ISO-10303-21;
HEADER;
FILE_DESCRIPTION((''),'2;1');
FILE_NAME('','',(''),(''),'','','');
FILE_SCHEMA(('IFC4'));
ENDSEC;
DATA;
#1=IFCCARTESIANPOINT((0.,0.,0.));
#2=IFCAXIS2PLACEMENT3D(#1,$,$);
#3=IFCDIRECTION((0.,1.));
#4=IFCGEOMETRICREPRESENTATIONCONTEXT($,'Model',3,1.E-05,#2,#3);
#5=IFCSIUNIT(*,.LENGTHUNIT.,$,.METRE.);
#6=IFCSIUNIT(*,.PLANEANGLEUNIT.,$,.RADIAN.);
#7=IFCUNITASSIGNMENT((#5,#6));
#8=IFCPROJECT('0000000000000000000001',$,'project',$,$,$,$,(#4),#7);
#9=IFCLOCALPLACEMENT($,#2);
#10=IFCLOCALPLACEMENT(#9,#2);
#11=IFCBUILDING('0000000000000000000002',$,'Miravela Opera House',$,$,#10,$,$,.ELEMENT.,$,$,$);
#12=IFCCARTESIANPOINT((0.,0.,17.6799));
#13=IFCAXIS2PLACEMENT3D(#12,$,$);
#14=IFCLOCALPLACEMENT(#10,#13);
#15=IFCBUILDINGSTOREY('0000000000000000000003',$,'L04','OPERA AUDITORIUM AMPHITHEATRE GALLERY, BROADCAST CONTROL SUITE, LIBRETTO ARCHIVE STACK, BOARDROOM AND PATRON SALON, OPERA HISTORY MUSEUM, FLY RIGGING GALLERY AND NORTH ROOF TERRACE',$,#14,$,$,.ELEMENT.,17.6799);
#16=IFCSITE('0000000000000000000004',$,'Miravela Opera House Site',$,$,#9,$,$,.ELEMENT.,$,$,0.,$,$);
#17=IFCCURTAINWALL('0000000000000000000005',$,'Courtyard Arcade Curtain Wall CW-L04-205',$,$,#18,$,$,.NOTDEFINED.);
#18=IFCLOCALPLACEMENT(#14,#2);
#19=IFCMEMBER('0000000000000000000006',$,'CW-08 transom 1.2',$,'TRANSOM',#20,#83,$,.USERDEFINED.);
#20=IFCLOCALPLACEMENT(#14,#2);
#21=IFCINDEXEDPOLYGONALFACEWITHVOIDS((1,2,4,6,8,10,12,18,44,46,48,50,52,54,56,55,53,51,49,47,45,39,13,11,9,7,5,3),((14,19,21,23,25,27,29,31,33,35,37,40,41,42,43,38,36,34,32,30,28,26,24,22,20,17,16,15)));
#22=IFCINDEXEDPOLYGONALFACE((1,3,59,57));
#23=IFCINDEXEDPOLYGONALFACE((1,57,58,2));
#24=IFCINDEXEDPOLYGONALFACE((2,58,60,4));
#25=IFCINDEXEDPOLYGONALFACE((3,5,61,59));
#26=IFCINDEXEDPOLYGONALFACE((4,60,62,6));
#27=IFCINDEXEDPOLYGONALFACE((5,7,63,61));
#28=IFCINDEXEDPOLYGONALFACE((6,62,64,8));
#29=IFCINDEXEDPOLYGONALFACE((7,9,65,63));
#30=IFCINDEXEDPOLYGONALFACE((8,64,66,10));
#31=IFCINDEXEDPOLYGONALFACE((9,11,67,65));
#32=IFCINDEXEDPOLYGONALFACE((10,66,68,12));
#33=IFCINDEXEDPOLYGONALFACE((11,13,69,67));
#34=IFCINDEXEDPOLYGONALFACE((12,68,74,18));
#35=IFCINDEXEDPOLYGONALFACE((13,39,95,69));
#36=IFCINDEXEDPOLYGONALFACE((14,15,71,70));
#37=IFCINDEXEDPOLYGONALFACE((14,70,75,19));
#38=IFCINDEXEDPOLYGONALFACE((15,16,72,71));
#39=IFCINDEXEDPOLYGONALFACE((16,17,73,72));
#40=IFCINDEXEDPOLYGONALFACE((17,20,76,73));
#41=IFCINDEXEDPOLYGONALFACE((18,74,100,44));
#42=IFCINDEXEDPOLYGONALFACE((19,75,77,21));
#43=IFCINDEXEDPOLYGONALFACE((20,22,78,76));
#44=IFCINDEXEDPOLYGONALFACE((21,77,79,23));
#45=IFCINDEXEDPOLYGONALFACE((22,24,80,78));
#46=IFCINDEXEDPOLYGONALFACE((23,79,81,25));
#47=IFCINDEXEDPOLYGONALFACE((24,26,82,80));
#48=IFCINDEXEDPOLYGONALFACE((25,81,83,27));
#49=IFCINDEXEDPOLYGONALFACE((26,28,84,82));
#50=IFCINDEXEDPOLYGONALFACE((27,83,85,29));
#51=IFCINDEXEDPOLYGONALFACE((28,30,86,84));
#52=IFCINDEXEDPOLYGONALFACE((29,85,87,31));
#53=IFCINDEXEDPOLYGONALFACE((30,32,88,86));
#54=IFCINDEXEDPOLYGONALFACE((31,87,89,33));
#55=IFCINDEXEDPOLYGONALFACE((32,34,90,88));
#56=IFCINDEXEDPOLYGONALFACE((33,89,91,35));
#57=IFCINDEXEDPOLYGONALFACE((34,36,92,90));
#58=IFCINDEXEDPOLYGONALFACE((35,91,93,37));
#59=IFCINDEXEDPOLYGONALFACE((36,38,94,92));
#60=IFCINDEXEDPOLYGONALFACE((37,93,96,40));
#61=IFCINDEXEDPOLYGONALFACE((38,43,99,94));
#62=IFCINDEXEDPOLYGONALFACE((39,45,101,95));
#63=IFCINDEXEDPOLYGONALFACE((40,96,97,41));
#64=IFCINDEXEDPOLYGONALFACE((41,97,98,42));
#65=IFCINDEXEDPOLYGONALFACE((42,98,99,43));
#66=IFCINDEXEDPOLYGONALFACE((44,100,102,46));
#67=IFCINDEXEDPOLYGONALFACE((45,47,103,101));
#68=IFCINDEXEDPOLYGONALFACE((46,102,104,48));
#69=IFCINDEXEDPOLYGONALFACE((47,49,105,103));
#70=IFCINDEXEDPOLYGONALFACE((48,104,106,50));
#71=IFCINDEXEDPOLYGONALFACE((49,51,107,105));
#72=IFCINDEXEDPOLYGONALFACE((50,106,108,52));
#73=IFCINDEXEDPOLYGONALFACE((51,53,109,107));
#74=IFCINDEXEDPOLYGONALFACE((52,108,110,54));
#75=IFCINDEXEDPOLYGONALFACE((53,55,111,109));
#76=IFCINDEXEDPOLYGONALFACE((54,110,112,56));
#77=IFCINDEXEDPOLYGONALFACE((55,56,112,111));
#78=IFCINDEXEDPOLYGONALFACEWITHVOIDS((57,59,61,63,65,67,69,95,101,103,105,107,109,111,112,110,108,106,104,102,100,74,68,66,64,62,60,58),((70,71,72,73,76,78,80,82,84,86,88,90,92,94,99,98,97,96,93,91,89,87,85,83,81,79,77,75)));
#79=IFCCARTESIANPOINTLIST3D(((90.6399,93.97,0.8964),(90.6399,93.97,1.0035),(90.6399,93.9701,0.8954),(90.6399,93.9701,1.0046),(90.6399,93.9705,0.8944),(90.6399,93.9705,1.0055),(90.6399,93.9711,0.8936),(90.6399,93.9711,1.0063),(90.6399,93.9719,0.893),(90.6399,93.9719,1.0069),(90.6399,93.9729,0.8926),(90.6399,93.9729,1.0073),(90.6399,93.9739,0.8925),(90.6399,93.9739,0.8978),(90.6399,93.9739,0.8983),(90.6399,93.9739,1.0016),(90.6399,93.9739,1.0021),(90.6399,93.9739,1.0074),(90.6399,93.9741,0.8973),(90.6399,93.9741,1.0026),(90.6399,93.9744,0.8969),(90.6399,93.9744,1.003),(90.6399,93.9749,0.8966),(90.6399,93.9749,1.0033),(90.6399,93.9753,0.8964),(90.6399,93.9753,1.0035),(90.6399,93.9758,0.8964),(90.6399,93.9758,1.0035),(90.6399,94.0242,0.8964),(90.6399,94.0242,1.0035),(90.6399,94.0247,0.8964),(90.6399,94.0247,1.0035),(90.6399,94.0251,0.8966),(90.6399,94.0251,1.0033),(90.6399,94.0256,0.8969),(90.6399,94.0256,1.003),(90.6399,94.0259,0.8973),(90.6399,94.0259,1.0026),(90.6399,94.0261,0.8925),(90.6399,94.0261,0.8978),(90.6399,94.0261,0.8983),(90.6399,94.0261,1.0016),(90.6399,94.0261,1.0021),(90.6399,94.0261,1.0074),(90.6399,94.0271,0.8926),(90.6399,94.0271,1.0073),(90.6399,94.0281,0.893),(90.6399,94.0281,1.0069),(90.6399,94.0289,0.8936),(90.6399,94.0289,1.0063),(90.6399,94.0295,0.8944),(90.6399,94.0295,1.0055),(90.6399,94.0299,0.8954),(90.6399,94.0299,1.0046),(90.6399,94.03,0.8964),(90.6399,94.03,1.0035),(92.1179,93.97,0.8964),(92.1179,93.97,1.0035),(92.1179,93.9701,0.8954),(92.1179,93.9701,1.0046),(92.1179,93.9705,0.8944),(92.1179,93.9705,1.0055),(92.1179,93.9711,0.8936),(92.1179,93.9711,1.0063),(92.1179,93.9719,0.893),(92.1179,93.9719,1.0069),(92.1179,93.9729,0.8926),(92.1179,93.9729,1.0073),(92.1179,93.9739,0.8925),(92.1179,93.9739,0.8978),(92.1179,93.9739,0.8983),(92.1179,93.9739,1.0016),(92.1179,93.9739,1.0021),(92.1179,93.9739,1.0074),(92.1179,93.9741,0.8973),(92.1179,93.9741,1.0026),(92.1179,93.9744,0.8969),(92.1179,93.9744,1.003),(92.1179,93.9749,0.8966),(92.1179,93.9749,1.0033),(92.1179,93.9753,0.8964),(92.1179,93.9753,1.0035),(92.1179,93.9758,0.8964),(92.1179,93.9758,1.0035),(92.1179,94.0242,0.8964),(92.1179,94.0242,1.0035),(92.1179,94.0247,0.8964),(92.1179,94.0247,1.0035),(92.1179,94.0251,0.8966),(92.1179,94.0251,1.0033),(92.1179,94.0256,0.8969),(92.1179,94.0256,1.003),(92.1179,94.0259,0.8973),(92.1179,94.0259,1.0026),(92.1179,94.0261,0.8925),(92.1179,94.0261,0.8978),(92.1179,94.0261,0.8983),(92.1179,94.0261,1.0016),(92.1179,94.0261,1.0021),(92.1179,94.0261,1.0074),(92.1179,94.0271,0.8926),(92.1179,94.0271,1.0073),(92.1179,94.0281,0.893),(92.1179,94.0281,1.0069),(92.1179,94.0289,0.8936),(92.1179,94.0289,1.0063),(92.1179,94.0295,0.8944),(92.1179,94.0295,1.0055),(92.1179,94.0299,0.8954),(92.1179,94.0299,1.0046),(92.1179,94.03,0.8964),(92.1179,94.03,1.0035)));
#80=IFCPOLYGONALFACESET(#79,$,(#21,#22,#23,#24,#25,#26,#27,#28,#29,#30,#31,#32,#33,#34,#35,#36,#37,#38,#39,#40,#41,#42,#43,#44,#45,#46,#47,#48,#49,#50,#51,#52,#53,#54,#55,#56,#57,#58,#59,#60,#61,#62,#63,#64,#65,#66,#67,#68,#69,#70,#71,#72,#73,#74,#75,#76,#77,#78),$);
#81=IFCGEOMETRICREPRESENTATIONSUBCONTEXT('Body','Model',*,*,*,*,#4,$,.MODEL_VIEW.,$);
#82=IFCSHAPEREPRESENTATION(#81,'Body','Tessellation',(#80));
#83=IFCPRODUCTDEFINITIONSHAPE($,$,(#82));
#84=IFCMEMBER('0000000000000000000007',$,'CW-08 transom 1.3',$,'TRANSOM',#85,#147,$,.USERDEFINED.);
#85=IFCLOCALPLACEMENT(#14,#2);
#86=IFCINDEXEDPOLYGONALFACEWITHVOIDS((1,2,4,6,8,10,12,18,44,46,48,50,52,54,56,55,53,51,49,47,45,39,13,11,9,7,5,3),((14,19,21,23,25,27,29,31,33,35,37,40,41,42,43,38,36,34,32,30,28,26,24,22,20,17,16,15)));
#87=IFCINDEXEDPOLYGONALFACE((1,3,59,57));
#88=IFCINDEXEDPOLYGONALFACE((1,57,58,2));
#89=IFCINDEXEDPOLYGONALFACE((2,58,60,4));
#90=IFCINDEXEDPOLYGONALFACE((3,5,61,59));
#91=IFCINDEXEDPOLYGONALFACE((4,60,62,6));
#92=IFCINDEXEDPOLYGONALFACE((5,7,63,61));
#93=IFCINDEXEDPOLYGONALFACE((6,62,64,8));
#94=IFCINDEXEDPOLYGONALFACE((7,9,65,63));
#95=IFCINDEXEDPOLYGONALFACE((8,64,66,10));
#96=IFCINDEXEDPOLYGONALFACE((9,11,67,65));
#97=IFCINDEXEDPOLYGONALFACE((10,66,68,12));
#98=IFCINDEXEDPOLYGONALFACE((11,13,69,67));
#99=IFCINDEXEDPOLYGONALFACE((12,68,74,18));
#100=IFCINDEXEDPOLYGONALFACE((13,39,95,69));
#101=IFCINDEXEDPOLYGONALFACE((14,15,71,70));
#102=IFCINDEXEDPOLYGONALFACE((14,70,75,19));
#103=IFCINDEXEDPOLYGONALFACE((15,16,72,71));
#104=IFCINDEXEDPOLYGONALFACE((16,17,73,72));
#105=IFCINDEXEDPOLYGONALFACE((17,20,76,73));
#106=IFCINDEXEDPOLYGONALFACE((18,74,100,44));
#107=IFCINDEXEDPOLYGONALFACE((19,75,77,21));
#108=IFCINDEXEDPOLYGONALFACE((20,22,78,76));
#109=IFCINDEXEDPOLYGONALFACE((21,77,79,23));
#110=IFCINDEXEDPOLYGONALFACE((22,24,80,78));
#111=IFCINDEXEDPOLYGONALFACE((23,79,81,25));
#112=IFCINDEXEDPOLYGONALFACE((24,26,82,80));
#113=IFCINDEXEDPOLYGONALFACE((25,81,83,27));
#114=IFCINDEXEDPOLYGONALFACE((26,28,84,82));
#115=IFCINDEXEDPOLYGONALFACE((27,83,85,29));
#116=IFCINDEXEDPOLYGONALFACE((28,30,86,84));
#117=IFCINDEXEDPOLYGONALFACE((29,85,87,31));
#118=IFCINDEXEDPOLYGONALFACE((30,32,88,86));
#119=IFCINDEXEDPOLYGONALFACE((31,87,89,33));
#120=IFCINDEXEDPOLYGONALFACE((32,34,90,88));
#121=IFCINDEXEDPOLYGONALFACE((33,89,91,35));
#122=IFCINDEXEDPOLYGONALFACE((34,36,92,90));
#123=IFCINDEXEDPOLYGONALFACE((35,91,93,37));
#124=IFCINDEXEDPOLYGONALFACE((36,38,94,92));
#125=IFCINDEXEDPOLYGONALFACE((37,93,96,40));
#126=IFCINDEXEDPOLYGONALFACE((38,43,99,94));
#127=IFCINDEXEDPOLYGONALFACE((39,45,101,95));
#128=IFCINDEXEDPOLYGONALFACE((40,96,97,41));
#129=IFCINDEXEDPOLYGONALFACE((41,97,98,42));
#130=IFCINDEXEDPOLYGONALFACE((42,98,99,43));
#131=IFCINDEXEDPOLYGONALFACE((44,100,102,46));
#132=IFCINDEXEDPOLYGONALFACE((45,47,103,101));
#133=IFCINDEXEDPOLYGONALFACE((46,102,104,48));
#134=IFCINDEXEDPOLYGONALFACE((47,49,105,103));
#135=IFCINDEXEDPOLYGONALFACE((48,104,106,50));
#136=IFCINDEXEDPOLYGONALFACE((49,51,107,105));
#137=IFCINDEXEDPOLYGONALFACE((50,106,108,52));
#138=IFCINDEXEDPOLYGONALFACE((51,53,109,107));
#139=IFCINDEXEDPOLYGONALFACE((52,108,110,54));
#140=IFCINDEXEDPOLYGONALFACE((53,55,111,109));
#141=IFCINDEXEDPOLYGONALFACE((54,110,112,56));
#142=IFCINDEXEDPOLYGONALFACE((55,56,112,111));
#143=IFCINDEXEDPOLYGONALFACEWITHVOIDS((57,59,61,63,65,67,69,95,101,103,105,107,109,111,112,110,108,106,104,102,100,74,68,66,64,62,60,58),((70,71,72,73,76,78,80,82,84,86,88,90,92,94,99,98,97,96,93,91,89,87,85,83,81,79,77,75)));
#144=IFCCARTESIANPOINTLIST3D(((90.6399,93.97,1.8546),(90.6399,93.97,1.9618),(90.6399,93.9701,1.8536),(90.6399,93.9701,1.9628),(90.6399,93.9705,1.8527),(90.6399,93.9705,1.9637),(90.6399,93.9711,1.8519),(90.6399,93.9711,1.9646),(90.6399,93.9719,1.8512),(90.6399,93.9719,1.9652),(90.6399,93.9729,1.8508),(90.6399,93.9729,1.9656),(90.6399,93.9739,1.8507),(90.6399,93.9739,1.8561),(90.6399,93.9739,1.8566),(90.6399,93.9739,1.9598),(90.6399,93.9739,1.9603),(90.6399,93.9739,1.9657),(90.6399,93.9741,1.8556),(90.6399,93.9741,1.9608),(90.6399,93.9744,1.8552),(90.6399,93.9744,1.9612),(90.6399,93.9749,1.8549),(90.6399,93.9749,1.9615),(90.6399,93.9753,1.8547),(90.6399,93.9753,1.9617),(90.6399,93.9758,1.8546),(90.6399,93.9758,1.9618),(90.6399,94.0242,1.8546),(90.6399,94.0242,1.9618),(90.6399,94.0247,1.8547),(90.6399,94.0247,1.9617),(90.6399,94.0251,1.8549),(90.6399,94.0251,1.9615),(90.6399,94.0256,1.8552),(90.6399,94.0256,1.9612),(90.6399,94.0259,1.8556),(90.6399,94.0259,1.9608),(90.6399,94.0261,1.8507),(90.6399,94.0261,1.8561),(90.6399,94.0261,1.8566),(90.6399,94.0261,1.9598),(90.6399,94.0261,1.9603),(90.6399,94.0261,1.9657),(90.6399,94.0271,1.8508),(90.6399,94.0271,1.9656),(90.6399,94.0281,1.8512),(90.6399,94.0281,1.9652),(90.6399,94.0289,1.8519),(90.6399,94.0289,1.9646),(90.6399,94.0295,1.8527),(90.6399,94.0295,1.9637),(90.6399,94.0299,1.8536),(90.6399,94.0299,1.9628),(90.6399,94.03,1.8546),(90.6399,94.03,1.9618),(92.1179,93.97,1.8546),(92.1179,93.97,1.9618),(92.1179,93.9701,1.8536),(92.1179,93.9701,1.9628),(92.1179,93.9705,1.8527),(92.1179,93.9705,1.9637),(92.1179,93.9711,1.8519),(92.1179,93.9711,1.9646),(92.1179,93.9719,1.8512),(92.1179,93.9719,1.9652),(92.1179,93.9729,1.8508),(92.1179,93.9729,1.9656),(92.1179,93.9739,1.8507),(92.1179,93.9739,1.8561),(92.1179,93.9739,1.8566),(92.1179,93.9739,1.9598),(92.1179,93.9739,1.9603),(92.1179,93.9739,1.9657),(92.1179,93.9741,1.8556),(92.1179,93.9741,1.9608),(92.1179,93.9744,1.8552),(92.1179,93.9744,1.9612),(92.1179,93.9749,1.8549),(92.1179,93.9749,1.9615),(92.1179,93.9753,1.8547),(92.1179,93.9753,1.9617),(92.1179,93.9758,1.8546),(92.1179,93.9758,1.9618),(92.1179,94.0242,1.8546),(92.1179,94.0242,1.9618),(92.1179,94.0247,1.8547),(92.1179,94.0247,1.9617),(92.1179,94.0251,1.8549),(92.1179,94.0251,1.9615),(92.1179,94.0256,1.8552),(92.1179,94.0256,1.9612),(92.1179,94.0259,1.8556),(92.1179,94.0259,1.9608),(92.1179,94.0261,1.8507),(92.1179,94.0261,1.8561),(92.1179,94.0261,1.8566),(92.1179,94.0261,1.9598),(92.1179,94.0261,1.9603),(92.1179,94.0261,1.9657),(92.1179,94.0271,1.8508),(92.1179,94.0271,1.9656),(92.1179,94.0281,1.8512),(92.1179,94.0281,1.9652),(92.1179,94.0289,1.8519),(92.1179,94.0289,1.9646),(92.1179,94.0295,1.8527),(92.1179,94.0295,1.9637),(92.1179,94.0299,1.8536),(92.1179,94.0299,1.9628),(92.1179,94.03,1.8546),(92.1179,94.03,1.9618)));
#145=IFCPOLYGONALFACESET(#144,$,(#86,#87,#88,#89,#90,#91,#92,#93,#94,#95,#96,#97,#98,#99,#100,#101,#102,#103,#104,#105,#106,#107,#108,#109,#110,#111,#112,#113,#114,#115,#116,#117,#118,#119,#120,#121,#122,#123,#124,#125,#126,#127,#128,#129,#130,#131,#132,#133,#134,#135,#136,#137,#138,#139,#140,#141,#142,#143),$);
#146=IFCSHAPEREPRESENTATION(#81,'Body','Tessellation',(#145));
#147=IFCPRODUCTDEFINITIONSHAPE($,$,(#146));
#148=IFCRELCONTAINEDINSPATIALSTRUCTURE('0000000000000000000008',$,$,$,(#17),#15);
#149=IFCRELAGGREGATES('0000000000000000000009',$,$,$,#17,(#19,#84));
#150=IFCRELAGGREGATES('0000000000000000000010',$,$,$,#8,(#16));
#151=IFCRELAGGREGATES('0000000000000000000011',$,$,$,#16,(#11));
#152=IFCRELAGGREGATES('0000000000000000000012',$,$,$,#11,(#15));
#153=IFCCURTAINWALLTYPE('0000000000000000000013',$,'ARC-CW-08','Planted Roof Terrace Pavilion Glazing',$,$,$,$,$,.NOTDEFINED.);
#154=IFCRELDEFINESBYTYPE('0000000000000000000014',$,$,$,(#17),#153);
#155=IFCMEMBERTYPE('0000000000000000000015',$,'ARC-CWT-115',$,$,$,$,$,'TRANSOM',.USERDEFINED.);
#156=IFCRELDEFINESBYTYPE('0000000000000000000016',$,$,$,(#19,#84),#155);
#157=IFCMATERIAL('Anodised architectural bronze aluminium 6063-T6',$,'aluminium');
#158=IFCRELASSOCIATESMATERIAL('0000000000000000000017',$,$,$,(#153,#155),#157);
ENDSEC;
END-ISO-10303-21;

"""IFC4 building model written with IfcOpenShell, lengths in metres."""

from ifc_helpers import new_model, si_unit, direction, frame, origin, origin_2d, place, context, subcontext, project, spatial, hollow_rectangle, extrude, material, material_profile, profile_set, type_object, element, aggregate, save


model = new_model("IFC4")

# Units and contexts
model_context = context("Model", 3, precision=1e-05, world=origin(), true_north=direction((0.0, 1.0)))
body_context = subcontext(model_context, "Body", "Model", "MODEL_VIEW")
ifc_project = project(units=[si_unit("LENGTHUNIT", "METRE"), si_unit("PLANEANGLEUNIT", "RADIAN")], contexts=[model_context])

# Site, building, storey
site_placement = place(None, origin())
site = spatial("IfcSite", under=ifc_project, at=site_placement, Name="Miravela Opera House Site", CompositionType="ELEMENT", RefElevation=0.0)
building_placement = place(site_placement, origin())
building = spatial("IfcBuilding", under=site, at=building_placement, Name="Miravela Opera House", CompositionType="ELEMENT")
storey_placement = place(building_placement, frame((0.0, 0.0, 17.6799)))
storey = spatial("IfcBuildingStorey", under=building, at=storey_placement, Name="L04", Description="OPERA AUDITORIUM AMPHITHEATRE GALLERY, BROADCAST CONTROL SUITE, LIBRETTO ARCHIVE STACK, BOARDROOM AND PATRON SALON, OPERA HISTORY MUSEUM, FLY RIGGING GALLERY AND NORTH ROOF TERRACE", CompositionType="ELEMENT", Elevation=17.6799)

# Shared definitions
ifc_material_1 = material(Name="Anodised architectural bronze aluminium 6063-T6", Category="aluminium")
curtain_wall_type = type_object("IfcCurtainWallType", Name="ARC-CW-08", Description="Planted Roof Terrace Pavilion Glazing", PredefinedType="NOTDEFINED", material=ifc_material_1)

# Curtain wall
curtain_wall_1_placement = place(storey_placement, origin())
curtain_wall_1 = element("IfcCurtainWall", 1, at=curtain_wall_1_placement, inside=storey, type_object=curtain_wall_type, Name="Courtyard Arcade Curtain Wall CW-L04-205", PredefinedType="NOTDEFINED")

# Members
ifc_material_profile_1 = material_profile(ifc_material_1, hollow_rectangle(XDim=0.0601, YDim=0.115, WallThickness=0.0039, InnerFilletRadius=0.002, OuterFilletRadius=0.0039, at=origin_2d()), Name="CWT-60X115")
ifc_profile_set_1 = profile_set([ifc_material_profile_1])
member_type_1 = type_object("IfcMemberType", Name="ARC-CWT-115", ElementType="TRANSOM", PredefinedType="USERDEFINED", material=ifc_profile_set_1)
member_1_placement = place(storey_placement, frame((90.6399, 94.0, 0.95), z_axis=(1.0, 0.0, 0.0), x_axis=(0.0, 1.0, 0.0)))
member_1 = element("IfcMember", 2, at=member_1_placement, type_object=member_type_1, Name="CW-08 transom 1.2", ObjectType="TRANSOM", PredefinedType="USERDEFINED", context=body_context, shape_type="SweptSolid", body=[
    extrude(hollow_rectangle(XDim=0.0601, YDim=0.115, WallThickness=0.0039, InnerFilletRadius=0.002, OuterFilletRadius=0.0039, at=origin_2d()), origin(), (0.0, 0.0, 1.0), 1.478),
])
member_2_placement = place(storey_placement, frame((90.6399, 94.0, 1.9082), z_axis=(1.0, 0.0, 0.0), x_axis=(0.0, 1.0, 0.0)))
member_2 = element("IfcMember", 3, at=member_2_placement, type_object=member_type_1, Name="CW-08 transom 1.3", ObjectType="TRANSOM", PredefinedType="USERDEFINED", context=body_context, shape_type="SweptSolid", body=[
    extrude(hollow_rectangle(XDim=0.0601, YDim=0.115, WallThickness=0.0039, InnerFilletRadius=0.002, OuterFilletRadius=0.0039, at=origin_2d()), origin(), (0.0, 0.0, 1.0), 1.478),
])

aggregate(curtain_wall_1, [member_1, member_2])

save(model, "model.ifc")
